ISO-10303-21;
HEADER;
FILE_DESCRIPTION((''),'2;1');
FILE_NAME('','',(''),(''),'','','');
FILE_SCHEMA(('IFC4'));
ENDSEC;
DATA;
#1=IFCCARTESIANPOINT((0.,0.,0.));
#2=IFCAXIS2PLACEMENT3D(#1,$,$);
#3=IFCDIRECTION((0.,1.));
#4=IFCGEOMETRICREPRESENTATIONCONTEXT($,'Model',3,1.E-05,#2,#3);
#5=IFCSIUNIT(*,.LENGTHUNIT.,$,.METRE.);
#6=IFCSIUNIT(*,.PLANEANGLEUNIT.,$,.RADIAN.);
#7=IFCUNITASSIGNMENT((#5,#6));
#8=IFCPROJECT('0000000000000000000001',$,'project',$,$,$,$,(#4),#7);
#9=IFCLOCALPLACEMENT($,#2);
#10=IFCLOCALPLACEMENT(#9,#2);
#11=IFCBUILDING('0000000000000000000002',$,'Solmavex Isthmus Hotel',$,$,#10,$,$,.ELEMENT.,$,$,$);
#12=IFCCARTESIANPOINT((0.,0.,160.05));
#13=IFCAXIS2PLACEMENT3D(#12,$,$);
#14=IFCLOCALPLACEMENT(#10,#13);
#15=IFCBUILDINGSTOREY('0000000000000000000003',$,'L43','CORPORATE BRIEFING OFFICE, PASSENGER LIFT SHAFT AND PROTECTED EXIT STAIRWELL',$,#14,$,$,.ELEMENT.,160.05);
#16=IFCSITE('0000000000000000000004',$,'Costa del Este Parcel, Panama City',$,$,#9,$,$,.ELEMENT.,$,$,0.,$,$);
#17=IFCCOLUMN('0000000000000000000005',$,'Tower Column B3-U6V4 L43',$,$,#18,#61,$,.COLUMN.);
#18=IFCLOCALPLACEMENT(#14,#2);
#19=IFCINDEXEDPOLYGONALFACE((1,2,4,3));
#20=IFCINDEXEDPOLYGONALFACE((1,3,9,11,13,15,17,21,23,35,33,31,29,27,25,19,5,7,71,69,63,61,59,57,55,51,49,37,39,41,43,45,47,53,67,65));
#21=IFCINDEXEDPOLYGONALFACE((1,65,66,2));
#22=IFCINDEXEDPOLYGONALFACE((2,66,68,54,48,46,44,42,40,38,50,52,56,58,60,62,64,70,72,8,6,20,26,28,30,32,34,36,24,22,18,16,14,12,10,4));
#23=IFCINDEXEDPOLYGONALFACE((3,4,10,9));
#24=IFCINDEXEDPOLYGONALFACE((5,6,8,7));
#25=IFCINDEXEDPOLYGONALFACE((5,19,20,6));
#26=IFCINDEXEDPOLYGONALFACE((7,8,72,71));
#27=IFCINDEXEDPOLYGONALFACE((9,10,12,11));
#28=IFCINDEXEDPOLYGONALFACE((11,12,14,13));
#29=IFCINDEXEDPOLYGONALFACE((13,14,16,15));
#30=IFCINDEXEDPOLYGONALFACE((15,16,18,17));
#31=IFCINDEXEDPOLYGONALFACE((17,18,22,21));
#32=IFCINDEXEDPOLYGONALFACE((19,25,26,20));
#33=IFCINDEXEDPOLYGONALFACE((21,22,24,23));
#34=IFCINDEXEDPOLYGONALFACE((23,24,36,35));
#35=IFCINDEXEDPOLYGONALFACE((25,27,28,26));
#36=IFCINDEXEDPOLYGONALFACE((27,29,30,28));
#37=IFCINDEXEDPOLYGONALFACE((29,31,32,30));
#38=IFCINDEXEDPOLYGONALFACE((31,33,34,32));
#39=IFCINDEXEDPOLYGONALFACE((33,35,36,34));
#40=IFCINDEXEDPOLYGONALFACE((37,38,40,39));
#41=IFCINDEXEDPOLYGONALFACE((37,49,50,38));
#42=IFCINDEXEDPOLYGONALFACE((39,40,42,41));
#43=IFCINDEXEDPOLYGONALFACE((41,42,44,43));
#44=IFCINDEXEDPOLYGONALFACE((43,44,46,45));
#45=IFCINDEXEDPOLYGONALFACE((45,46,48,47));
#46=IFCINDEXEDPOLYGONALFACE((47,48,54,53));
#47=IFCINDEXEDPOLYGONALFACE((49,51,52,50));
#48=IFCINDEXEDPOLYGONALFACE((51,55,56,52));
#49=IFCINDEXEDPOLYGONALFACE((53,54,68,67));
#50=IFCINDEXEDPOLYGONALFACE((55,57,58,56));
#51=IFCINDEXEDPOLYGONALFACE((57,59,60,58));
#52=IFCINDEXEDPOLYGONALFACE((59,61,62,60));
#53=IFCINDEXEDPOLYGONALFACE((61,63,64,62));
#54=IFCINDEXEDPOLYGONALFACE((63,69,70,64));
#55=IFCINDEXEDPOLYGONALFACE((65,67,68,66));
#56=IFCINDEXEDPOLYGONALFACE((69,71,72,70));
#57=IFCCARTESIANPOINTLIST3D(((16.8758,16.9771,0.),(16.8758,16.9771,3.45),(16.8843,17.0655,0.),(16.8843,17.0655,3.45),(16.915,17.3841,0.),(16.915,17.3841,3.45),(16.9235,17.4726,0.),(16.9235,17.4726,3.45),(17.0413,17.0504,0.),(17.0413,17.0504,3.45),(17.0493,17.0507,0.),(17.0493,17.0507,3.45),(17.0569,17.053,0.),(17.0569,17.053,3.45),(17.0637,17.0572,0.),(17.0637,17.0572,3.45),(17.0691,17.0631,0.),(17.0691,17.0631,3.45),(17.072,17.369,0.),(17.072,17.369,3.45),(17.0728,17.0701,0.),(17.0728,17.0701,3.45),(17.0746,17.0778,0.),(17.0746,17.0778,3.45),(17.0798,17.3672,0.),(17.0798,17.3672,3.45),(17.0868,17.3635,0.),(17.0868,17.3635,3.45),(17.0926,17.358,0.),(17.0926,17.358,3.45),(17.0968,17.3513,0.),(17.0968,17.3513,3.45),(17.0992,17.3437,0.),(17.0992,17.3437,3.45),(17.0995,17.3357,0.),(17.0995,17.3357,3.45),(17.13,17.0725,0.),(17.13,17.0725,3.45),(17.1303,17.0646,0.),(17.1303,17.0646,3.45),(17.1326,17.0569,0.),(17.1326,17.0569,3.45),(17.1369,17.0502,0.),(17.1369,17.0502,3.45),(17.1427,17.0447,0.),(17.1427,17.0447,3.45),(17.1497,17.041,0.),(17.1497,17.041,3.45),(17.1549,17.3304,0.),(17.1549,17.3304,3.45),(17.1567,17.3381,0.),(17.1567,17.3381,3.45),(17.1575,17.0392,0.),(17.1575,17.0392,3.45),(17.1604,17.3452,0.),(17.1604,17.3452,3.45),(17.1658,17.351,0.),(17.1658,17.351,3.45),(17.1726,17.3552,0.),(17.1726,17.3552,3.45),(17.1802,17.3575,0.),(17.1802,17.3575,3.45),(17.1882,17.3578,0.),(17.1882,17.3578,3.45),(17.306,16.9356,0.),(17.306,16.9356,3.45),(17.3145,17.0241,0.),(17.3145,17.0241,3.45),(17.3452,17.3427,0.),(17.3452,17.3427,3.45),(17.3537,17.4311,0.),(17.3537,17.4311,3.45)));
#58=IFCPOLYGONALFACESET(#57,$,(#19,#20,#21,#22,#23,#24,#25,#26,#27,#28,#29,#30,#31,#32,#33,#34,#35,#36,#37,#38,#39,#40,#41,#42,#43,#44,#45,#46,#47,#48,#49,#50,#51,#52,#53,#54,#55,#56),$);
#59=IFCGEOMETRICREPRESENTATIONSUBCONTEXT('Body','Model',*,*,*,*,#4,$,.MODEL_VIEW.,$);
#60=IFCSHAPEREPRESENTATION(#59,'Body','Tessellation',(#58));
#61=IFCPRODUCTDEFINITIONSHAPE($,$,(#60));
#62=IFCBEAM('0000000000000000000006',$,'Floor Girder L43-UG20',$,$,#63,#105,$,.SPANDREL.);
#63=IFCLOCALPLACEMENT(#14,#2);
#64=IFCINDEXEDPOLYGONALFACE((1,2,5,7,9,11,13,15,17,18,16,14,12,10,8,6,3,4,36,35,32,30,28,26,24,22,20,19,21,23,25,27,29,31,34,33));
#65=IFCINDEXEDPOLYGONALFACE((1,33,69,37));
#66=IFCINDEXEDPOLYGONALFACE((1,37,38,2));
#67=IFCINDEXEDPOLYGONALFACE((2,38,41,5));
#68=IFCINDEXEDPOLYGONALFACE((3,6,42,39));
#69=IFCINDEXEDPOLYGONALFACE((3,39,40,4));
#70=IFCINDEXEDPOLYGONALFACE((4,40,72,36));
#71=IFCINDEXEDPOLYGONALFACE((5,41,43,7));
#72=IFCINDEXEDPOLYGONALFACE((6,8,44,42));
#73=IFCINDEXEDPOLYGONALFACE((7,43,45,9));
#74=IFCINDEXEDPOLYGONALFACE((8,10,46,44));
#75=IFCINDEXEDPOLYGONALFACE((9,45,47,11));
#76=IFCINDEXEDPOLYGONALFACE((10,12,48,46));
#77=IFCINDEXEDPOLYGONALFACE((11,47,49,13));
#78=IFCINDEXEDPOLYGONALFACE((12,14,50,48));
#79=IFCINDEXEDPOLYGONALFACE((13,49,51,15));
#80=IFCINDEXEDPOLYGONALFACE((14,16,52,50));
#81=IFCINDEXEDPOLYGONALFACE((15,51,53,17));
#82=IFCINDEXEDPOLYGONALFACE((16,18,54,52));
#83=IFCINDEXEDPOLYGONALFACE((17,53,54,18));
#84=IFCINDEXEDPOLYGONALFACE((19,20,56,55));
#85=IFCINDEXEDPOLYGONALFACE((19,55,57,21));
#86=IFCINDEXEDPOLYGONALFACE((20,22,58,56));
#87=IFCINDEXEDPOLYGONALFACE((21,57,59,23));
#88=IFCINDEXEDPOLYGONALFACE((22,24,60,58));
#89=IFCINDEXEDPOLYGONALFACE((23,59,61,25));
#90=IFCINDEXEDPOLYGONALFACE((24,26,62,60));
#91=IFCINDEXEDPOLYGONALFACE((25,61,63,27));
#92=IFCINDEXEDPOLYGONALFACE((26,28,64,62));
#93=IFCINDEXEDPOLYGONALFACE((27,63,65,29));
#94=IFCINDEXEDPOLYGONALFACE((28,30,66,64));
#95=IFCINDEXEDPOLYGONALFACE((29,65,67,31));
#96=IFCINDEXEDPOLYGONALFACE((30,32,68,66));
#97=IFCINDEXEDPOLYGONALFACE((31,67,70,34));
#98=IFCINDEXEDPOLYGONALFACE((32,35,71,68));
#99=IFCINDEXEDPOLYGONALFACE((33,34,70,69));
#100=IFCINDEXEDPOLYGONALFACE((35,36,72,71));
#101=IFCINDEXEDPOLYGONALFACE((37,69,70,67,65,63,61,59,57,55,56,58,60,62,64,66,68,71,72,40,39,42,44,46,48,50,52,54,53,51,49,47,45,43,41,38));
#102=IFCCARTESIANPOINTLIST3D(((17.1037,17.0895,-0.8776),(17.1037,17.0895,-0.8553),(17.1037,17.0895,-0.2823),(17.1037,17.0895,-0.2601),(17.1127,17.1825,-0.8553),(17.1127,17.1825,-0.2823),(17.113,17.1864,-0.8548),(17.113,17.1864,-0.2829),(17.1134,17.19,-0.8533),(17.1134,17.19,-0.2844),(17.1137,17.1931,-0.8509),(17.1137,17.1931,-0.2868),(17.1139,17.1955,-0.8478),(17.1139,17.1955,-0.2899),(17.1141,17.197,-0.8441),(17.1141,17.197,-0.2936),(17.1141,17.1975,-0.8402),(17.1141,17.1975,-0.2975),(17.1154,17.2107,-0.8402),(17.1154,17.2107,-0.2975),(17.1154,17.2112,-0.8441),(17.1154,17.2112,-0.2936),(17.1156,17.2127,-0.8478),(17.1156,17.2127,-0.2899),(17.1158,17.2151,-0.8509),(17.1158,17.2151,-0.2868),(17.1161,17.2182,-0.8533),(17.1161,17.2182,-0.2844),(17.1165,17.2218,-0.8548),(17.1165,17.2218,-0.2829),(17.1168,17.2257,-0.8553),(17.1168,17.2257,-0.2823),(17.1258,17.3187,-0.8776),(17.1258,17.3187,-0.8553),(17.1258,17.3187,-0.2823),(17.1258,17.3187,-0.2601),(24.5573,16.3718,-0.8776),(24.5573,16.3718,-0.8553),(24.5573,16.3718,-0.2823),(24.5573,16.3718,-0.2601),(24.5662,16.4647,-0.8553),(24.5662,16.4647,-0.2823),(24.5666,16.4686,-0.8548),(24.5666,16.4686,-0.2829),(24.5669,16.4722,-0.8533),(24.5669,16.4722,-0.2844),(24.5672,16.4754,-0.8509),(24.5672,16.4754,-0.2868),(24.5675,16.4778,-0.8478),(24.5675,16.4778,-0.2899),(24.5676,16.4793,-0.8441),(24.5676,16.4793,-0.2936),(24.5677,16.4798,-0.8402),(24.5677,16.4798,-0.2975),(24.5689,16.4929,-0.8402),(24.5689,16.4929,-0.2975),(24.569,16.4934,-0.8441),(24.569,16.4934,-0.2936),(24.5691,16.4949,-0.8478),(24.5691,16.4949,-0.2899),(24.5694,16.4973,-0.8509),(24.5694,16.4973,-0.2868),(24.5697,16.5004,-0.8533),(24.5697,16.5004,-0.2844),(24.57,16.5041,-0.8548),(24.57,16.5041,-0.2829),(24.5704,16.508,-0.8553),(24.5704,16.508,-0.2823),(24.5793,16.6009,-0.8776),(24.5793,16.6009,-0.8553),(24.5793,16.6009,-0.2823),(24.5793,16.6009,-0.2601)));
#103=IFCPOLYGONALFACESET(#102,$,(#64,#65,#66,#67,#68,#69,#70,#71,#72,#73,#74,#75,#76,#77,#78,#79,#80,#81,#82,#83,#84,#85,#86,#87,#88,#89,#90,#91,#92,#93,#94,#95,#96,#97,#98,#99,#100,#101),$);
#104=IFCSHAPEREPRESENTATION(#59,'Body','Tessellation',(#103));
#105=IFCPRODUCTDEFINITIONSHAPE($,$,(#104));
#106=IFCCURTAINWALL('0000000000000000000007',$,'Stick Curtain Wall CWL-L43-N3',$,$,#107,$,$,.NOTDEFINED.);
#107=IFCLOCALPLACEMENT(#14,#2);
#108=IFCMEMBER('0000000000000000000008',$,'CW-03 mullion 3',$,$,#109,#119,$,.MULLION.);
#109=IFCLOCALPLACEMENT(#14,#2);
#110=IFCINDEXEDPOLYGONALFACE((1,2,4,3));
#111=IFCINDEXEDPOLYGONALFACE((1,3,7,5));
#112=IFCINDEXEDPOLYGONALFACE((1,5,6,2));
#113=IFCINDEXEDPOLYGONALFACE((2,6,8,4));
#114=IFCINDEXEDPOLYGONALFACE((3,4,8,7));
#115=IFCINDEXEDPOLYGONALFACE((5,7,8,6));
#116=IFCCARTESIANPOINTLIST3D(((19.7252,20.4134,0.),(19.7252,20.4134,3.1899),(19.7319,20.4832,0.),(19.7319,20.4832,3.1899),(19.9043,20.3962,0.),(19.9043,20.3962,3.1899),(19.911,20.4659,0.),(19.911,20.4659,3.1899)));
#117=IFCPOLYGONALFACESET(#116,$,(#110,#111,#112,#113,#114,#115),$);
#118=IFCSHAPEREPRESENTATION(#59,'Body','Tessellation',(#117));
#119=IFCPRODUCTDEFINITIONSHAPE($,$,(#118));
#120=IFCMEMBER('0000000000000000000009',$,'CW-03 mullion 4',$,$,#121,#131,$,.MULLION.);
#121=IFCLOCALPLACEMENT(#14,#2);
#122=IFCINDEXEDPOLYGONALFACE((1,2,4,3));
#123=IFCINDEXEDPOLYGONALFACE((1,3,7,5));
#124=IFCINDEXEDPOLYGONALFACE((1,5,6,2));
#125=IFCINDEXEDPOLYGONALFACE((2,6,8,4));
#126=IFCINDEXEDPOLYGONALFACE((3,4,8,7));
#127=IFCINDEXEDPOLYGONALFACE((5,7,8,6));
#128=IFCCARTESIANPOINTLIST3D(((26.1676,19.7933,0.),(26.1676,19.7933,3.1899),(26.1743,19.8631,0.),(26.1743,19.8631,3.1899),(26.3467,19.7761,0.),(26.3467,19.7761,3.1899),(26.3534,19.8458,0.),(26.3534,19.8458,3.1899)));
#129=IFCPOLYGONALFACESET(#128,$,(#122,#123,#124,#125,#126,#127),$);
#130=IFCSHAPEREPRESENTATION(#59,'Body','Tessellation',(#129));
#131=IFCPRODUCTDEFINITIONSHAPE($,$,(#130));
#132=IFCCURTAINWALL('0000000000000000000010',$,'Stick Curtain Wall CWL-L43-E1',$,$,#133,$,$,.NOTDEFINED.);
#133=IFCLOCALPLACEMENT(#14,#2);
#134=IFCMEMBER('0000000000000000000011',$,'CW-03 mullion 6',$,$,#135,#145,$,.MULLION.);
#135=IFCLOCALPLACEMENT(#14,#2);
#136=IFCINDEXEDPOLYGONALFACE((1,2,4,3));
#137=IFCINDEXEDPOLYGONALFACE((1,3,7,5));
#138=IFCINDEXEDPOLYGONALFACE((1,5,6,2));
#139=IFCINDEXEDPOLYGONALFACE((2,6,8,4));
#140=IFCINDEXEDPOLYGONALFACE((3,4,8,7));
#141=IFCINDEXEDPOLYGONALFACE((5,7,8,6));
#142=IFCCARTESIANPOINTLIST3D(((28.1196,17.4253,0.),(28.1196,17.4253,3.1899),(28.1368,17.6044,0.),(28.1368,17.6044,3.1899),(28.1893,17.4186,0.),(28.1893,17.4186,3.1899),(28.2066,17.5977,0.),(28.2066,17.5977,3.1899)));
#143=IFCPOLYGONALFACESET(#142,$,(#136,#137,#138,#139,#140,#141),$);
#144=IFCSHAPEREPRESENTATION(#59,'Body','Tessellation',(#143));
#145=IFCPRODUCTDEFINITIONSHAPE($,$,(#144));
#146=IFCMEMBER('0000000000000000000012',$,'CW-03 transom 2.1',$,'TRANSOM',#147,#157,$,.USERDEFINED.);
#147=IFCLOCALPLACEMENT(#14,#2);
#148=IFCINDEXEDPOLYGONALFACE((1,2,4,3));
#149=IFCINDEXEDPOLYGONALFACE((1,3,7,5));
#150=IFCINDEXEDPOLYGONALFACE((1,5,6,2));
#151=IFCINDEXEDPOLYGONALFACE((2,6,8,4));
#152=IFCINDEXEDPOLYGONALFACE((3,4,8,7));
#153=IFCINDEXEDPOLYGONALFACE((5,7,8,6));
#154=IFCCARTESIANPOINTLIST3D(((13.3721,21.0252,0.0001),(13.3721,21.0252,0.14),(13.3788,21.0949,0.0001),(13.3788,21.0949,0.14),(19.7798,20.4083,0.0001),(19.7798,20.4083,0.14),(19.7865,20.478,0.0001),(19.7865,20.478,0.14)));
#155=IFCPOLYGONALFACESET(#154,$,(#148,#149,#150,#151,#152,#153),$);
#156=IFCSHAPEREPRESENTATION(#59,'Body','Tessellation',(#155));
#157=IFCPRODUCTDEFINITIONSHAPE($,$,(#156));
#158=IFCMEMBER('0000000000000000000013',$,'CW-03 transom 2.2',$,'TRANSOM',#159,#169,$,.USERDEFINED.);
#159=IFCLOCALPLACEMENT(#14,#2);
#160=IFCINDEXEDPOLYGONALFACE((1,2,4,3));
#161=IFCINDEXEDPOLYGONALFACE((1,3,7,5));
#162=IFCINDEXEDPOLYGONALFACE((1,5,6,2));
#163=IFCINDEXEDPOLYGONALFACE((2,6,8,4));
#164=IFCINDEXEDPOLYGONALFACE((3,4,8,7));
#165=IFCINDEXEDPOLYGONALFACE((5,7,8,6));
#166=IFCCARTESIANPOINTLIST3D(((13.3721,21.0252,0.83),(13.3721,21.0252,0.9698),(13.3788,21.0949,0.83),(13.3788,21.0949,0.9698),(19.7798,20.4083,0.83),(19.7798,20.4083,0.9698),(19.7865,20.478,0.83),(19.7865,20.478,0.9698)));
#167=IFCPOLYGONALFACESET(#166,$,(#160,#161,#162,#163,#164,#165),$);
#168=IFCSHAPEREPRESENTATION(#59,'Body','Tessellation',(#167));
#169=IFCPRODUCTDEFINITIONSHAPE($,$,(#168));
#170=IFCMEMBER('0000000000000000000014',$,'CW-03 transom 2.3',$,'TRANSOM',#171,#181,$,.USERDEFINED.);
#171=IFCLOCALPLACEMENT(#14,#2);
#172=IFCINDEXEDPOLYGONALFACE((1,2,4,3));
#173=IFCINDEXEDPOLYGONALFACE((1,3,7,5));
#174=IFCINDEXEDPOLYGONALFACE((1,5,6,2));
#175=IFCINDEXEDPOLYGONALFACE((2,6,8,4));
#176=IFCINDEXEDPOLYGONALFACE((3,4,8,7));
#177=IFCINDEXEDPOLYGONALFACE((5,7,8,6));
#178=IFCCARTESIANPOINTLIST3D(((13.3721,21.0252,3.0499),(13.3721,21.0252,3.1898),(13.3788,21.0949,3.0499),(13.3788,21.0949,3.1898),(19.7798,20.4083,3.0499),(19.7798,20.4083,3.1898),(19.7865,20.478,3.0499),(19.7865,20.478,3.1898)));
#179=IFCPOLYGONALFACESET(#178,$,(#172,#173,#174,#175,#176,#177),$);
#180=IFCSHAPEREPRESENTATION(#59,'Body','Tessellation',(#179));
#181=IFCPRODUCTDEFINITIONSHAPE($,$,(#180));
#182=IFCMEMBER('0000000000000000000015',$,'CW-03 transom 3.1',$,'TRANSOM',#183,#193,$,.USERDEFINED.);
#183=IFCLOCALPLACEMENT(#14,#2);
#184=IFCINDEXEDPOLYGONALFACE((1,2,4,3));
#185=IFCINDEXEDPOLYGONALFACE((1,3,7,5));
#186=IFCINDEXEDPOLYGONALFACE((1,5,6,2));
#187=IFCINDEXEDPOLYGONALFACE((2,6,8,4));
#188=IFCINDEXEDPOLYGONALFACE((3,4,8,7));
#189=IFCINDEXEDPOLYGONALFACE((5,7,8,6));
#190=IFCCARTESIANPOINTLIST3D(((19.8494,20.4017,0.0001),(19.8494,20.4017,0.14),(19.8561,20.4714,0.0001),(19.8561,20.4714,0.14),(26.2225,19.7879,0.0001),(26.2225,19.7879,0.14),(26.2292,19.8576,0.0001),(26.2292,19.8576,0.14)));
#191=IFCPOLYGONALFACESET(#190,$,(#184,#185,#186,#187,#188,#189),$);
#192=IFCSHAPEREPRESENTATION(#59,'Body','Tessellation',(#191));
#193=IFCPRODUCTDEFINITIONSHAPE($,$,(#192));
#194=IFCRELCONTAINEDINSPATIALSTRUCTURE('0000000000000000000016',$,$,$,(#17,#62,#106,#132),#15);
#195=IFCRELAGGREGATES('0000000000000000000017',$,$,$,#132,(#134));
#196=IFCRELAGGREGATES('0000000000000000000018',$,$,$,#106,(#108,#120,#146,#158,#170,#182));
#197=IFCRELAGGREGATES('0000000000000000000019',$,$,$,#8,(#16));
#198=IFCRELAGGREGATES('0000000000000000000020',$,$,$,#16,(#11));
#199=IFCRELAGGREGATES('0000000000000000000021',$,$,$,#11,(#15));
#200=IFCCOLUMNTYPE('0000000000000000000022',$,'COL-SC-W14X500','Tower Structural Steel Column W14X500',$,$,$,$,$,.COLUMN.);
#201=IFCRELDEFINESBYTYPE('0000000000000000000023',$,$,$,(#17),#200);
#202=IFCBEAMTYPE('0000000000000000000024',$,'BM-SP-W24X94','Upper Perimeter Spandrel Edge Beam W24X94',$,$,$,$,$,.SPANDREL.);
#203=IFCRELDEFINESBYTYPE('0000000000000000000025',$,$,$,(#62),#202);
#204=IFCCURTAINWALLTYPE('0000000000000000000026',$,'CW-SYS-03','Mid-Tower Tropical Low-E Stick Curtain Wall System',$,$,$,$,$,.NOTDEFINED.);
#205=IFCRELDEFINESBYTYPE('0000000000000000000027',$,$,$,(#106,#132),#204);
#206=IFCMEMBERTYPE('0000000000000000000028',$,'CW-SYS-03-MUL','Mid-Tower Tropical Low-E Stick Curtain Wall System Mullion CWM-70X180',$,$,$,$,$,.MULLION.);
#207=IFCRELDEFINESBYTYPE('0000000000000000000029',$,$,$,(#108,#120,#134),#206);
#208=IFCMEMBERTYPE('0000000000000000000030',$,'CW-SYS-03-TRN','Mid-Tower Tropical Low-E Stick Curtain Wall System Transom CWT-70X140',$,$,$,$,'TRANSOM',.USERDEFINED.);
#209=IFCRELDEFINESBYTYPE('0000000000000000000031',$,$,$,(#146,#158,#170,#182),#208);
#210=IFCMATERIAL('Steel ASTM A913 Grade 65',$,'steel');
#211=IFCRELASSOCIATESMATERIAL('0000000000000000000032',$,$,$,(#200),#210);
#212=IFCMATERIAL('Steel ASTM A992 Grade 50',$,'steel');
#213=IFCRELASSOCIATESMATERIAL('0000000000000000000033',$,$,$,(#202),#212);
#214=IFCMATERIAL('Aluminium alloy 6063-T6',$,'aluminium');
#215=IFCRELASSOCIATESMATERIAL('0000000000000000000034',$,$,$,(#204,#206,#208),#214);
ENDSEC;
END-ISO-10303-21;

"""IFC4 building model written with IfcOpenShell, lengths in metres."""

from ifc_helpers import new_model, si_unit, direction, frame, origin, origin_2d, place, context, subcontext, project, spatial, rectangle, i_section, extrude, material, material_profile, profile_set, type_object, element, aggregate, save


model = new_model("IFC4")

# Units and contexts
model_context = context("Model", 3, precision=1e-05, world=origin(), true_north=direction((0.0, 1.0)))
body_context = subcontext(model_context, "Body", "Model", "MODEL_VIEW")
ifc_project = project(units=[si_unit("LENGTHUNIT", "METRE"), si_unit("PLANEANGLEUNIT", "RADIAN")], contexts=[model_context])

# Site, building, storey
site_placement = place(None, origin())
site = spatial("IfcSite", under=ifc_project, at=site_placement, Name="Costa del Este Parcel, Panama City", CompositionType="ELEMENT", RefElevation=0.0)
building_placement = place(site_placement, origin())
building = spatial("IfcBuilding", under=site, at=building_placement, Name="Solmavex Isthmus Hotel", CompositionType="ELEMENT")
storey_placement = place(building_placement, frame((0.0, 0.0, 160.05)))
storey = spatial("IfcBuildingStorey", under=building, at=storey_placement, Name="L43", Description="CORPORATE BRIEFING OFFICE, PASSENGER LIFT SHAFT AND PROTECTED EXIT STAIRWELL", CompositionType="ELEMENT", Elevation=160.05)

# Column
ifc_material_1 = material(Name="Steel ASTM A913 Grade 65", Category="steel")
ifc_material_profile_1 = material_profile(ifc_material_1, i_section(OverallWidth=0.4321, OverallDepth=0.4978, WebThickness=0.0557, FlangeThickness=0.0889, FilletRadius=0.0305, at=origin_2d()), Name="W14X500")
ifc_profile_set_1 = profile_set([ifc_material_profile_1], Name="Steel ASTM A913 Grade 65")
column_type = type_object("IfcColumnType", Name="COL-SC-W14X500", Description="Tower Structural Steel Column W14X500", PredefinedType="COLUMN", material=ifc_profile_set_1)
column_placement = place(storey_placement, frame((17.1147, 17.2041, 0.0), z_axis=(0.0, 0.0, 1.0), x_axis=(0.995396, -0.095846, 0.0)))
element("IfcColumn", 1, at=column_placement, inside=storey, type_object=column_type, Name="Tower Column B3-U6V4 L43", PredefinedType="COLUMN", context=body_context, shape_type="SweptSolid", body=[
    extrude(i_section(OverallWidth=0.4321, OverallDepth=0.4978, WebThickness=0.0557, FlangeThickness=0.0889, FilletRadius=0.0305, at=origin_2d()), origin(), (0.0, 0.0, 1.0), 3.45),
])

# Beam
ifc_material_2 = material(Name="Steel ASTM A992 Grade 50", Category="steel")
ifc_material_profile_2 = material_profile(ifc_material_2, i_section(OverallWidth=0.2302, OverallDepth=0.6174, WebThickness=0.0132, FlangeThickness=0.0222, FilletRadius=0.0151, at=origin_2d()), Name="W24X94")
ifc_profile_set_2 = profile_set([ifc_material_profile_2], Name="Steel ASTM A992 Grade 50")
beam_type = type_object("IfcBeamType", Name="BM-SP-W24X94", Description="Upper Perimeter Spandrel Edge Beam W24X94", PredefinedType="SPANDREL", material=ifc_profile_set_2)
beam_placement = place(storey_placement, frame((17.1147, 17.2041, -0.5688), z_axis=(0.995395, -0.095855, 0.0), x_axis=(0.095855, 0.995395, 0.0)))
element("IfcBeam", 2, at=beam_placement, inside=storey, type_object=beam_type, Name="Floor Girder L43-UG20", PredefinedType="SPANDREL", context=body_context, shape_type="SweptSolid", body=[
    extrude(i_section(OverallWidth=0.2302, OverallDepth=0.6174, WebThickness=0.0132, FlangeThickness=0.0222, FilletRadius=0.0151, at=origin_2d()), origin(), (0.0, 0.0, 1.0), 7.488),
])

# Curtain wall, members
ifc_material_3 = material(Name="Aluminium alloy 6063-T6", Category="aluminium")
curtain_wall_type = type_object("IfcCurtainWallType", Name="CW-SYS-03", Description="Mid-Tower Tropical Low-E Stick Curtain Wall System", PredefinedType="NOTDEFINED", material=ifc_material_3)
curtain_wall_1_placement = place(storey_placement, origin())
curtain_wall_1 = element("IfcCurtainWall", 3, at=curtain_wall_1_placement, inside=storey, type_object=curtain_wall_type, Name="Stick Curtain Wall CWL-L43-N3", PredefinedType="NOTDEFINED")
ifc_material_profile_3 = material_profile(ifc_material_3, rectangle(XDim=0.0701, YDim=0.1799, at=origin_2d()), Name="CWM-70X180")
ifc_profile_set_3 = profile_set([ifc_material_profile_3], Name="Aluminium alloy 6063-T6")
member_type_1 = type_object("IfcMemberType", Name="CW-SYS-03-MUL", Description="Mid-Tower Tropical Low-E Stick Curtain Wall System Mullion CWM-70X180", PredefinedType="MULLION", material=ifc_profile_set_3)
member_1_placement = place(storey_placement, frame((19.8181, 20.4397, 0.0), z_axis=(0.0, 0.0, 1.0), x_axis=(0.095846, 0.995396, 0.0)))
member_1 = element("IfcMember", 4, at=member_1_placement, type_object=member_type_1, Name="CW-03 mullion 3", PredefinedType="MULLION", context=body_context, shape_type="SweptSolid", body=[
    extrude(rectangle(XDim=0.0701, YDim=0.1799, at=origin_2d()), origin(), (0.0, 0.0, 1.0), 3.1899),
])
member_2_placement = place(storey_placement, frame((26.2605, 19.8196, 0.0), z_axis=(0.0, 0.0, 1.0), x_axis=(0.095846, 0.995396, 0.0)))
member_2 = element("IfcMember", 5, at=member_2_placement, type_object=member_type_1, Name="CW-03 mullion 4", PredefinedType="MULLION", context=body_context, shape_type="SweptSolid", body=[
    extrude(rectangle(XDim=0.0701, YDim=0.1799, at=origin_2d()), origin(), (0.0, 0.0, 1.0), 3.1899),
])

# Curtain wall, member
curtain_wall_2_placement = place(storey_placement, origin())
curtain_wall_2 = element("IfcCurtainWall", 6, at=curtain_wall_2_placement, inside=storey, type_object=curtain_wall_type, Name="Stick Curtain Wall CWL-L43-E1", PredefinedType="NOTDEFINED")
member_3_placement = place(storey_placement, frame((28.1631, 17.5115, 0.0), z_axis=(0.0, 0.0, 1.0), x_axis=(-0.995396, 0.095846, 0.0)))
member_3 = element("IfcMember", 7, at=member_3_placement, type_object=member_type_1, Name="CW-03 mullion 6", PredefinedType="MULLION", context=body_context, shape_type="SweptSolid", body=[
    extrude(rectangle(XDim=0.0701, YDim=0.1799, at=origin_2d()), origin(), (0.0, 0.0, 1.0), 3.1899),
])
aggregate(curtain_wall_2, [member_3])

# Members
ifc_material_profile_4 = material_profile(ifc_material_3, rectangle(XDim=0.0701, YDim=0.1399, at=origin_2d()), Name="CWT-70X140")
ifc_profile_set_4 = profile_set([ifc_material_profile_4], Name="Aluminium alloy 6063-T6")
member_type_2 = type_object("IfcMemberType", Name="CW-SYS-03-TRN", Description="Mid-Tower Tropical Low-E Stick Curtain Wall System Transom CWT-70X140", ElementType="TRANSOM", PredefinedType="USERDEFINED", material=ifc_profile_set_4)
member_4_placement = place(storey_placement, frame((13.3755, 21.0601, 0.0701), z_axis=(0.995397, -0.095838, 0.0), x_axis=(0.095838, 0.995397, 0.0)))
member_4 = element("IfcMember", 8, at=member_4_placement, type_object=member_type_2, Name="CW-03 transom 2.1", ObjectType="TRANSOM", PredefinedType="USERDEFINED", context=body_context, shape_type="SweptSolid", body=[
    extrude(rectangle(XDim=0.0701, YDim=0.1399, at=origin_2d()), origin(), (0.0, 0.0, 1.0), 6.4373),
])
member_5_placement = place(storey_placement, frame((13.3755, 21.0601, 0.8999), z_axis=(0.995397, -0.095838, 0.0), x_axis=(0.095838, 0.995397, 0.0)))
member_5 = element("IfcMember", 9, at=member_5_placement, type_object=member_type_2, Name="CW-03 transom 2.2", ObjectType="TRANSOM", PredefinedType="USERDEFINED", context=body_context, shape_type="SweptSolid", body=[
    extrude(rectangle(XDim=0.0701, YDim=0.1399, at=origin_2d()), origin(), (0.0, 0.0, 1.0), 6.4373),
])
member_6_placement = place(storey_placement, frame((13.3755, 21.0601, 3.1199), z_axis=(0.995397, -0.095838, 0.0), x_axis=(0.095838, 0.995397, 0.0)))
member_6 = element("IfcMember", 10, at=member_6_placement, type_object=member_type_2, Name="CW-03 transom 2.3", ObjectType="TRANSOM", PredefinedType="USERDEFINED", context=body_context, shape_type="SweptSolid", body=[
    extrude(rectangle(XDim=0.0701, YDim=0.1399, at=origin_2d()), origin(), (0.0, 0.0, 1.0), 6.4373),
])
member_7_placement = place(storey_placement, frame((19.8528, 20.4365, 0.0701), z_axis=(0.995394, -0.095864, 0.0), x_axis=(0.095864, 0.995394, 0.0)))
member_7 = element("IfcMember", 11, at=member_7_placement, type_object=member_type_2, Name="CW-03 transom 3.1", ObjectType="TRANSOM", PredefinedType="USERDEFINED", context=body_context, shape_type="SweptSolid", body=[
    extrude(rectangle(XDim=0.0701, YDim=0.1399, at=origin_2d()), origin(), (0.0, 0.0, 1.0), 6.4026),
])

aggregate(curtain_wall_1, [member_1, member_2, member_4, member_5, member_6, member_7])

save(model, "model.ifc")
